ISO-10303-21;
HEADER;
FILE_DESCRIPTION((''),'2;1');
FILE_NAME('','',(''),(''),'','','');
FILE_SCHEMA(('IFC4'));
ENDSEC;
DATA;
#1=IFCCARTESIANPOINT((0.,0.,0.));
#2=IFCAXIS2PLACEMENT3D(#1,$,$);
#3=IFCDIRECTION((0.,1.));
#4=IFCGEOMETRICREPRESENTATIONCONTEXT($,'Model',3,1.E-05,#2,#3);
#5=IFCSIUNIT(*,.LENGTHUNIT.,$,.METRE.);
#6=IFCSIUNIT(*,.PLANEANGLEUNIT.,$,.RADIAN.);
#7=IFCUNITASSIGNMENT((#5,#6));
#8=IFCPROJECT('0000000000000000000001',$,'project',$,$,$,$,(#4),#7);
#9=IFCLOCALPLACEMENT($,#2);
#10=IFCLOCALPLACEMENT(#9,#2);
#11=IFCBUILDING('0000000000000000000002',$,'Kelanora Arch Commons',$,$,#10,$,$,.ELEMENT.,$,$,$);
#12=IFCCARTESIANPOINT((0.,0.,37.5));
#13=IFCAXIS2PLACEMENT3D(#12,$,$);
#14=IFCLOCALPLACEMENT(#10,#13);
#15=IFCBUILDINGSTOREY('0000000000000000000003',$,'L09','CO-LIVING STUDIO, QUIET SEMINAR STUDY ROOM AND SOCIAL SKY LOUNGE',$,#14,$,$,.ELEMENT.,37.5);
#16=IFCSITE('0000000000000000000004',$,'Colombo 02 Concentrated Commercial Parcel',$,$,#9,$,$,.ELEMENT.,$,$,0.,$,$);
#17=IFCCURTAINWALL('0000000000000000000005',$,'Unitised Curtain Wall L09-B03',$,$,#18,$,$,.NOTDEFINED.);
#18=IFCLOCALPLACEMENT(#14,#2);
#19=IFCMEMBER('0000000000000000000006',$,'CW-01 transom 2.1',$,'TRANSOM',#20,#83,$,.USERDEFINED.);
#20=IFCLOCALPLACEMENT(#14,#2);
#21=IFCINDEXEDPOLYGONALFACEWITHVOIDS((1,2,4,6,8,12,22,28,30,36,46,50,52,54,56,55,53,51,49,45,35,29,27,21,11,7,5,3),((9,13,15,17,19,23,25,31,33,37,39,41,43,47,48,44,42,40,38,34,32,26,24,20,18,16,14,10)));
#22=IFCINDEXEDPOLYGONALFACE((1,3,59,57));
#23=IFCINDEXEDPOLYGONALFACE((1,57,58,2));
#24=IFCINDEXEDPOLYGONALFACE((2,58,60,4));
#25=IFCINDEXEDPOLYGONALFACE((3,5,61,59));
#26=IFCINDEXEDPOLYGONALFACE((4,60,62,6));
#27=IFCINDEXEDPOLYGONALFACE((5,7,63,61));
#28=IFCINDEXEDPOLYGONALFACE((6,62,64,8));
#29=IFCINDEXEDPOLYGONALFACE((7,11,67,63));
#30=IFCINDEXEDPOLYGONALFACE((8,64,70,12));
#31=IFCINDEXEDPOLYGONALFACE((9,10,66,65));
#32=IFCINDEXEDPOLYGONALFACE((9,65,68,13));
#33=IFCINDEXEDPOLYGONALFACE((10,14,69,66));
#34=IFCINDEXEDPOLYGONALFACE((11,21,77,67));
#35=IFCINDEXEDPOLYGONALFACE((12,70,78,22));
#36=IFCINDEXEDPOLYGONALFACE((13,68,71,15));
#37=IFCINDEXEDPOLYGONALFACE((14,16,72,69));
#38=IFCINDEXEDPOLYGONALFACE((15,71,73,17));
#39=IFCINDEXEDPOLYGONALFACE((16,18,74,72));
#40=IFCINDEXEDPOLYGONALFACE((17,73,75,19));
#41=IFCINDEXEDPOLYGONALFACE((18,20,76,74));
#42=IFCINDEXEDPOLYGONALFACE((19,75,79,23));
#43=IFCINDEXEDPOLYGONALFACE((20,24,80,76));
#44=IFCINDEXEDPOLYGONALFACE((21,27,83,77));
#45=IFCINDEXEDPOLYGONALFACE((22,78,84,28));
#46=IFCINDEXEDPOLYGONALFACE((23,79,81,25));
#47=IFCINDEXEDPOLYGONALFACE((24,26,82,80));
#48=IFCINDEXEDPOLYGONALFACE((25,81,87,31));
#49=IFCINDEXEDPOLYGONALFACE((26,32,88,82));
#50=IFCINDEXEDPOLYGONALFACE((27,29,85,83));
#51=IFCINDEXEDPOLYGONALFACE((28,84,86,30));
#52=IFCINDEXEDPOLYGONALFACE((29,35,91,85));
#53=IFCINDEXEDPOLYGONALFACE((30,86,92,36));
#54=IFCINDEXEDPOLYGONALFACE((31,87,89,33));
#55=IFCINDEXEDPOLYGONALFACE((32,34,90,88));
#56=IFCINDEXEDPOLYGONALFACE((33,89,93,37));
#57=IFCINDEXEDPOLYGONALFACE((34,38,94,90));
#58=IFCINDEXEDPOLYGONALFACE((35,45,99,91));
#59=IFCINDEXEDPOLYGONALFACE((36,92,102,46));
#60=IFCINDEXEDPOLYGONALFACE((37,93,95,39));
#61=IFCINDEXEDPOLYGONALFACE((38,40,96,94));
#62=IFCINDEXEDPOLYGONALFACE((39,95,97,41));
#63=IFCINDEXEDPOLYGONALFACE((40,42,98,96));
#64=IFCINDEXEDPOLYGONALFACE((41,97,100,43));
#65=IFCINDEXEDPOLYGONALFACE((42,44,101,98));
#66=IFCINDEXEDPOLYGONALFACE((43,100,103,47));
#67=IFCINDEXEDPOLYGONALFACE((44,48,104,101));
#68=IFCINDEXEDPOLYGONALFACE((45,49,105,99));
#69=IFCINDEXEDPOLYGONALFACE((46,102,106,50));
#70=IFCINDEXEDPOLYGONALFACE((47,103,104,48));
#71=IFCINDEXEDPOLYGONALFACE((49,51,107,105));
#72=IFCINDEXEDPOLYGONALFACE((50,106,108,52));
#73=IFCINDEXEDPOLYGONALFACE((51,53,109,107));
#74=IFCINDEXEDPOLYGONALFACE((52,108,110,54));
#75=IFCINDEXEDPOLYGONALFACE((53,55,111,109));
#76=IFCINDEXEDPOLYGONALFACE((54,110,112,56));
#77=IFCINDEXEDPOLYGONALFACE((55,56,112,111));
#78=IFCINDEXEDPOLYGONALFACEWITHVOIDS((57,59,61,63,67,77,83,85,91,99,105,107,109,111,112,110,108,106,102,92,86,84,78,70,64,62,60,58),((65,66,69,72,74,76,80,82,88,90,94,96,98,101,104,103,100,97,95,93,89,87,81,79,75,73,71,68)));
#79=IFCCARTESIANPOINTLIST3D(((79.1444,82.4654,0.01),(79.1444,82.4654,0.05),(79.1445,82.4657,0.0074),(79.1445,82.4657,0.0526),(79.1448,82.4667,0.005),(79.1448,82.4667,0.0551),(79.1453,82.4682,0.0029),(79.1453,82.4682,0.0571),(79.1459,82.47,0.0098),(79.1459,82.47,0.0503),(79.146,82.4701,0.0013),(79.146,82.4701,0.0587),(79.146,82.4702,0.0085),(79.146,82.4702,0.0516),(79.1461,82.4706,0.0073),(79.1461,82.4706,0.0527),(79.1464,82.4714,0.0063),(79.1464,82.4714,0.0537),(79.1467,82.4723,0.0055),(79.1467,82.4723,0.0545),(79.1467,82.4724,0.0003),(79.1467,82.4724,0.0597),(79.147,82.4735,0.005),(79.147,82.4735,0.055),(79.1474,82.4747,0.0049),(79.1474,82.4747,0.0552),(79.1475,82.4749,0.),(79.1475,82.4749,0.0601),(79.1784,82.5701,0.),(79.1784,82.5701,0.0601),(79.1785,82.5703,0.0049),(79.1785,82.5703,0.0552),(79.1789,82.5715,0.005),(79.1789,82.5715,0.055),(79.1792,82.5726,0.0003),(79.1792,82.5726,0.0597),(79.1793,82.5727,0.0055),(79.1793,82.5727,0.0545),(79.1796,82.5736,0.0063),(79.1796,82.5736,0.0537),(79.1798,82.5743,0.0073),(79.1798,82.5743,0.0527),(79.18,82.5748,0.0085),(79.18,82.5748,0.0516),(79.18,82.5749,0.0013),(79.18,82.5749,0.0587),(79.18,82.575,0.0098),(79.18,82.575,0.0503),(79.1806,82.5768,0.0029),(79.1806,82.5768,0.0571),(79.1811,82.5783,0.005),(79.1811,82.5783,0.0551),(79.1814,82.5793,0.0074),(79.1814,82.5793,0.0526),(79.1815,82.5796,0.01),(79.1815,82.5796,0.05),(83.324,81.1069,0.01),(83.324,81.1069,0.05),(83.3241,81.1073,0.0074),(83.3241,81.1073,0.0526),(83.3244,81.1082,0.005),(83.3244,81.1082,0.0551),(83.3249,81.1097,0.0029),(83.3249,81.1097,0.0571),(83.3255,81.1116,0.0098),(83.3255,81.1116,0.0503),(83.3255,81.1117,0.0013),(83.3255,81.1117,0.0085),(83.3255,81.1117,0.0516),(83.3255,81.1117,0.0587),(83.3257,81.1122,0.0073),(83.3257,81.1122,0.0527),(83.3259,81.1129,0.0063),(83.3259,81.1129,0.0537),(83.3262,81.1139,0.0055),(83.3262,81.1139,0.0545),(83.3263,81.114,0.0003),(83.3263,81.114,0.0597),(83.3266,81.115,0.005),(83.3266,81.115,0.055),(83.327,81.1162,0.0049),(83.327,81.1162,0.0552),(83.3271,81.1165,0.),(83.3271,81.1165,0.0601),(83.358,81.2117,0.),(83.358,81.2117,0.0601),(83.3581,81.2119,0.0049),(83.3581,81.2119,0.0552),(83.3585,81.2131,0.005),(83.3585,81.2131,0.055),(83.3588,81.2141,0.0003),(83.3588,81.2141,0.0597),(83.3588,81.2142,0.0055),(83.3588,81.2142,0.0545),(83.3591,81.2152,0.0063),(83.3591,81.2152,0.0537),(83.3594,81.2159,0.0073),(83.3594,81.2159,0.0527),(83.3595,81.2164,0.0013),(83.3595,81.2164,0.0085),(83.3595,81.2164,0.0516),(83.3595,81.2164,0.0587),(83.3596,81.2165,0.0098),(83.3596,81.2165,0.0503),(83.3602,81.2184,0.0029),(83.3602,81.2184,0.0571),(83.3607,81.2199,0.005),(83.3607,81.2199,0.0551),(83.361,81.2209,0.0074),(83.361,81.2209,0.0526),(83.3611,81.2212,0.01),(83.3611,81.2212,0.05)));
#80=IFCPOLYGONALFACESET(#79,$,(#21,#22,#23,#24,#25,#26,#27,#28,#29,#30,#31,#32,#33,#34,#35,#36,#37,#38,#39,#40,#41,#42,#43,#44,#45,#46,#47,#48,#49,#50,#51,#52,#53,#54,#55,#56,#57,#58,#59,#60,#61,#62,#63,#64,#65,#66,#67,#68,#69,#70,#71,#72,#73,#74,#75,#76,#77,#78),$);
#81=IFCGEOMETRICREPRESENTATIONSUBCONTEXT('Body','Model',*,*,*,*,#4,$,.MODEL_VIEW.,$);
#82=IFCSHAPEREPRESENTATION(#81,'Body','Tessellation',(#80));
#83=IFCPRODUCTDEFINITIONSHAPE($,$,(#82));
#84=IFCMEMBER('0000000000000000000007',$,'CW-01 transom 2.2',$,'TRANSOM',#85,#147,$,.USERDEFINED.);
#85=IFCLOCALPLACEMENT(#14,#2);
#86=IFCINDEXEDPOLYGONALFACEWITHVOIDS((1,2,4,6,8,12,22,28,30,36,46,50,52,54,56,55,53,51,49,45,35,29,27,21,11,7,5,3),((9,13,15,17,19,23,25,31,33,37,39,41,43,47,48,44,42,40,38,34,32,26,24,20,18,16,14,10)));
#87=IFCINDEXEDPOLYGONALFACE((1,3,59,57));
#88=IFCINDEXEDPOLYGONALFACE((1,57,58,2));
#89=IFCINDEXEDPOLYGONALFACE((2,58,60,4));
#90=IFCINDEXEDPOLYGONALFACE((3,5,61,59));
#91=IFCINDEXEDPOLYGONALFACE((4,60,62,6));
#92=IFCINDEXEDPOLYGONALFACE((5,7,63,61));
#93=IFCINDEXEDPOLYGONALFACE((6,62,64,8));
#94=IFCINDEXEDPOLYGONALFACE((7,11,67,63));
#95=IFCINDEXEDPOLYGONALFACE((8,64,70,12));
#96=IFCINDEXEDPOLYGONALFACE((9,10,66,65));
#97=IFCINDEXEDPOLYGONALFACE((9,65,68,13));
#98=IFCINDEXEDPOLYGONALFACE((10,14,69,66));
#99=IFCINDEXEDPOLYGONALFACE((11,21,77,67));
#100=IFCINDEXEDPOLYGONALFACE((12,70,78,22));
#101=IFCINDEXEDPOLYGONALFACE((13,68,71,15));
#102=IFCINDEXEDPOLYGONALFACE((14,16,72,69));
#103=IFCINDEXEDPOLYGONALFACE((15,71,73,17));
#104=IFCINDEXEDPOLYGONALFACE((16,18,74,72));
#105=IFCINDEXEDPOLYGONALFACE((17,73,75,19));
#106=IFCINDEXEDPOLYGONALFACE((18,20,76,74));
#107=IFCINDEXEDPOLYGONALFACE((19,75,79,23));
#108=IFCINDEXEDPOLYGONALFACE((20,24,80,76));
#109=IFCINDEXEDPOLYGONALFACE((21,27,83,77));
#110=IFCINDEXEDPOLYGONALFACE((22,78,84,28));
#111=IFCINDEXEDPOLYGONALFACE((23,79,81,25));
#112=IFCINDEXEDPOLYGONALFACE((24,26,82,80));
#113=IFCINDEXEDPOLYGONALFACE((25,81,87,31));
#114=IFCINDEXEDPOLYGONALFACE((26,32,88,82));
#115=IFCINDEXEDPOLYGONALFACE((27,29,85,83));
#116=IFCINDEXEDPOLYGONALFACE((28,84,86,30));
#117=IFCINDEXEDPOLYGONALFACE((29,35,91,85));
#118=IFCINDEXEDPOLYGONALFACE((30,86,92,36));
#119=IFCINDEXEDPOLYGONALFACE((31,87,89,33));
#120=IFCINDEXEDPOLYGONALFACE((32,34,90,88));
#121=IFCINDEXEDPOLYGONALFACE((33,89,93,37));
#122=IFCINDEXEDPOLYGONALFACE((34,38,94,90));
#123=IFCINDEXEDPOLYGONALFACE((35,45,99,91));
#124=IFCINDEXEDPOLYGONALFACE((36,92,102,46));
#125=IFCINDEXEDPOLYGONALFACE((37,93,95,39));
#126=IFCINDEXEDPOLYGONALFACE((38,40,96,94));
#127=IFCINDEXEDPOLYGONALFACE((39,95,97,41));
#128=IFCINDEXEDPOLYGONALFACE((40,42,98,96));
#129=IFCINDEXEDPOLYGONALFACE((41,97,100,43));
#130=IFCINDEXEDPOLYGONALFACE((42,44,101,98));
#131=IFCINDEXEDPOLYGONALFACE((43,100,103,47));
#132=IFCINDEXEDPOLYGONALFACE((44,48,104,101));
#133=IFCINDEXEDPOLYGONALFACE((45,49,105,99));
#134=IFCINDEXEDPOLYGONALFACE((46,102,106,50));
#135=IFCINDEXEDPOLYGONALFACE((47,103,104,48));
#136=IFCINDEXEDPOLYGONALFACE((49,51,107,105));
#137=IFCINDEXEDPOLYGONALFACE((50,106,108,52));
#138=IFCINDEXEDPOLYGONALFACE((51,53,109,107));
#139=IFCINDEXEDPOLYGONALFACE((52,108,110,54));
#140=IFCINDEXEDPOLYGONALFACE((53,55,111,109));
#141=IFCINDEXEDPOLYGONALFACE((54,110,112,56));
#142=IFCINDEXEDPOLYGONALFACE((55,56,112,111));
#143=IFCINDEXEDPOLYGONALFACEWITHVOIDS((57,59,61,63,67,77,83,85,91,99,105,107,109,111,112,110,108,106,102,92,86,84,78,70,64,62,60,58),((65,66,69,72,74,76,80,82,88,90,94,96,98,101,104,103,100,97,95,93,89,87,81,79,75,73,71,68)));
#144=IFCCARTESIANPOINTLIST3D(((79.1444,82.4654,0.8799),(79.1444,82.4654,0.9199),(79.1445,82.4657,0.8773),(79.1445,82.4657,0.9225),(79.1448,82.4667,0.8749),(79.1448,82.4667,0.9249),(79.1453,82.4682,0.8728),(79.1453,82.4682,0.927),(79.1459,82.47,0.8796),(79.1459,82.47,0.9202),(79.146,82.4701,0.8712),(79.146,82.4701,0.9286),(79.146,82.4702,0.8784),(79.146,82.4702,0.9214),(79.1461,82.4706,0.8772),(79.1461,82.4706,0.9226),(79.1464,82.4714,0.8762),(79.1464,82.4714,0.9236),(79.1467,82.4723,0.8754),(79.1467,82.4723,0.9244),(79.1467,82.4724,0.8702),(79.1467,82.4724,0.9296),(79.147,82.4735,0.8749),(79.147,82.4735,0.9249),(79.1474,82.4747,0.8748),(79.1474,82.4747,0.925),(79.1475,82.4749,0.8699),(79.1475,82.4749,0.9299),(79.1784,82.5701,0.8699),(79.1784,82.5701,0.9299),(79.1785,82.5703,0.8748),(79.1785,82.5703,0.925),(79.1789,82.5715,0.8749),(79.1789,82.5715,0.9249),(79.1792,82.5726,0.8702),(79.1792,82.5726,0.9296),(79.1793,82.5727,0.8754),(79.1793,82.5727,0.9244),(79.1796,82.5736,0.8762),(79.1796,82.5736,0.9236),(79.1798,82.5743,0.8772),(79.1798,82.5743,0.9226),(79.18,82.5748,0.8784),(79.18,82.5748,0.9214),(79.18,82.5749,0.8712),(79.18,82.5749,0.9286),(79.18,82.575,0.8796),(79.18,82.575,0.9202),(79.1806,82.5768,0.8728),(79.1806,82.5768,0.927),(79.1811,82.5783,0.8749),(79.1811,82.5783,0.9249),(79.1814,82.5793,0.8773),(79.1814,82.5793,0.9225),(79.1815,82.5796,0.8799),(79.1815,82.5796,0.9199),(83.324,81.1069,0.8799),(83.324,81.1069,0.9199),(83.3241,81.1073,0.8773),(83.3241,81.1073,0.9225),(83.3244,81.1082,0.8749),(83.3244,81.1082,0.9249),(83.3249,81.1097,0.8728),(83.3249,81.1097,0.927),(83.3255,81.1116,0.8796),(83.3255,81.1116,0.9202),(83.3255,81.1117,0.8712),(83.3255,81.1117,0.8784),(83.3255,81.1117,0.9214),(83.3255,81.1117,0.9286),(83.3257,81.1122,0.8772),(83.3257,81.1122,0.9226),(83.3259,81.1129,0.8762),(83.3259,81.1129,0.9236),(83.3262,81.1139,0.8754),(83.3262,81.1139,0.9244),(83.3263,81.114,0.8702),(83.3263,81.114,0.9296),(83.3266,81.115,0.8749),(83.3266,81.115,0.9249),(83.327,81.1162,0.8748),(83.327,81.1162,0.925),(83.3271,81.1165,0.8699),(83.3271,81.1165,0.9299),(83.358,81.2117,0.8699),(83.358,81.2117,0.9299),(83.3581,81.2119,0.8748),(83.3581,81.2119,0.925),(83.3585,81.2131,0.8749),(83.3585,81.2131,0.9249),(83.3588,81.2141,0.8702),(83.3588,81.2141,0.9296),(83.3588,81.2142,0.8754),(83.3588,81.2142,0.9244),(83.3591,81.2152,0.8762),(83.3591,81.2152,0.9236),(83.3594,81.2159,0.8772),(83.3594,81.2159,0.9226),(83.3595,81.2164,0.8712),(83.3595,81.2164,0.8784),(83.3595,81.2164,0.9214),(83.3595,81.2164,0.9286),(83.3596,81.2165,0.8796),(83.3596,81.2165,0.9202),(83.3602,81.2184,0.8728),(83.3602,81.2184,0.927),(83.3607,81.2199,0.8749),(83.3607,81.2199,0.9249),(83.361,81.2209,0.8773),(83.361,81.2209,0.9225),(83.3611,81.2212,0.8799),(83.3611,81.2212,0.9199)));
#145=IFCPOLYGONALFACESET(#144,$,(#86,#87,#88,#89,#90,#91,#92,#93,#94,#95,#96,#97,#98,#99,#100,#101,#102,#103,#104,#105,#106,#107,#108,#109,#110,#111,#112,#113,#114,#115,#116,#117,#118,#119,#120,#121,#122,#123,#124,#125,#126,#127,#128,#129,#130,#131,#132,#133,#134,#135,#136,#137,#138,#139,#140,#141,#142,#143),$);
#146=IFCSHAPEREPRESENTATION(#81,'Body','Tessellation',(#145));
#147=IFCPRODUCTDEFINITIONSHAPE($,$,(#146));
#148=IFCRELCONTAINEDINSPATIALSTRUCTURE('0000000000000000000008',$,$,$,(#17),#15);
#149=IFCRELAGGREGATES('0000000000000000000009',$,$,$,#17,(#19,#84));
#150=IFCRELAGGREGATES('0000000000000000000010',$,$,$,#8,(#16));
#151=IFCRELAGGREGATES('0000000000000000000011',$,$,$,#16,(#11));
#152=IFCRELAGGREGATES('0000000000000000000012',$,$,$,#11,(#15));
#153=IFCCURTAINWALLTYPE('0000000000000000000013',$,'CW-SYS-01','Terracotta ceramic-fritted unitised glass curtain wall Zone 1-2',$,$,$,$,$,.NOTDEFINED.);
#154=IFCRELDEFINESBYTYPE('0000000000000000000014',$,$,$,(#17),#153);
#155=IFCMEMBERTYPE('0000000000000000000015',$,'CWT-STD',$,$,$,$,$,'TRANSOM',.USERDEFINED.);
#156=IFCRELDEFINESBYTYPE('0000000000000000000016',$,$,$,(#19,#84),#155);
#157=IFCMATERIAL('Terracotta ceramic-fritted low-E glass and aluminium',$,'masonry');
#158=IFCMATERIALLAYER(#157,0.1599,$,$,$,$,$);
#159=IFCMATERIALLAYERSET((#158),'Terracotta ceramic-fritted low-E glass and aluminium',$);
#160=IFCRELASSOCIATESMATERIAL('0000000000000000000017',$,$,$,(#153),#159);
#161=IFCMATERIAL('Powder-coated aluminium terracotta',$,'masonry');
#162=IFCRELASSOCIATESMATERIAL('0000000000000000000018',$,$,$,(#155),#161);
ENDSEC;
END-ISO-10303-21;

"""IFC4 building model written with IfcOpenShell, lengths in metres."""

from ifc_helpers import new_model, si_unit, direction, frame, origin, origin_2d, place, context, subcontext, project, spatial, hollow_rectangle, extrude, material, layer, layer_set, material_profile, profile_set, type_object, element, aggregate, save


model = new_model("IFC4")

# Units and contexts
model_context = context("Model", 3, precision=1e-05, world=origin(), true_north=direction((0.0, 1.0)))
body_context = subcontext(model_context, "Body", "Model", "MODEL_VIEW")
ifc_project = project(units=[si_unit("LENGTHUNIT", "METRE"), si_unit("PLANEANGLEUNIT", "RADIAN")], contexts=[model_context])

# Site, building, storey
site_placement = place(None, origin())
site = spatial("IfcSite", under=ifc_project, at=site_placement, Name="Colombo 02 Concentrated Commercial Parcel", CompositionType="ELEMENT", RefElevation=0.0)
building_placement = place(site_placement, origin())
building = spatial("IfcBuilding", under=site, at=building_placement, Name="Kelanora Arch Commons", CompositionType="ELEMENT")
storey_placement = place(building_placement, frame((0.0, 0.0, 37.5)))
storey = spatial("IfcBuildingStorey", under=building, at=storey_placement, Name="L09", Description="CO-LIVING STUDIO, QUIET SEMINAR STUDY ROOM AND SOCIAL SKY LOUNGE", CompositionType="ELEMENT", Elevation=37.5)

# Curtain wall, members
ifc_material_1 = material(Name="Terracotta ceramic-fritted low-E glass and aluminium", Category="masonry")
ifc_layer_1 = layer(ifc_material_1, 0.1599)
ifc_layer_set_1 = layer_set([ifc_layer_1], Name="Terracotta ceramic-fritted low-E glass and aluminium")
curtain_wall_type = type_object("IfcCurtainWallType", Name="CW-SYS-01", Description="Terracotta ceramic-fritted unitised glass curtain wall Zone 1-2", PredefinedType="NOTDEFINED", material=ifc_layer_set_1)
curtain_wall_placement = place(storey_placement, origin())
curtain_wall = element("IfcCurtainWall", 1, at=curtain_wall_placement, inside=storey, type_object=curtain_wall_type, Name="Unitised Curtain Wall L09-B03", PredefinedType="NOTDEFINED")
ifc_material_2 = material(Name="Powder-coated aluminium terracotta", Category="masonry")
ifc_material_profile_1 = material_profile(ifc_material_2, hollow_rectangle(XDim=0.1201, YDim=0.0601, WallThickness=0.0049, InnerFilletRadius=0.0049, OuterFilletRadius=0.01, at=origin_2d()), Name="CWT120x60")
ifc_profile_set_1 = profile_set([ifc_material_profile_1], Name="Powder-coated aluminium terracotta")
member_type_1 = type_object("IfcMemberType", Name="CWT-STD", ElementType="TRANSOM", PredefinedType="USERDEFINED", material=ifc_profile_set_1)
member_1_placement = place(storey_placement, frame((83.3425, 81.1641, 0.03), z_axis=(-0.951029, 0.309102, 0.0), x_axis=(-0.309102, -0.951029, 0.0)))
member_1 = element("IfcMember", 2, at=member_1_placement, type_object=member_type_1, Name="CW-01 transom 2.1", ObjectType="TRANSOM", PredefinedType="USERDEFINED", context=body_context, shape_type="SweptSolid", body=[
    extrude(hollow_rectangle(XDim=0.1201, YDim=0.0601, WallThickness=0.0049, InnerFilletRadius=0.0049, OuterFilletRadius=0.01, at=origin_2d()), origin(), (0.0, 0.0, 1.0), 4.3948),
])
member_2_placement = place(storey_placement, frame((83.3425, 81.1641, 0.8999), z_axis=(-0.951029, 0.309102, 0.0), x_axis=(-0.309102, -0.951029, 0.0)))
member_2 = element("IfcMember", 3, at=member_2_placement, type_object=member_type_1, Name="CW-01 transom 2.2", ObjectType="TRANSOM", PredefinedType="USERDEFINED", context=body_context, shape_type="SweptSolid", body=[
    extrude(hollow_rectangle(XDim=0.1201, YDim=0.0601, WallThickness=0.0049, InnerFilletRadius=0.0049, OuterFilletRadius=0.01, at=origin_2d()), origin(), (0.0, 0.0, 1.0), 4.3948),
])
aggregate(curtain_wall, [member_1, member_2])

save(model, "model.ifc")
